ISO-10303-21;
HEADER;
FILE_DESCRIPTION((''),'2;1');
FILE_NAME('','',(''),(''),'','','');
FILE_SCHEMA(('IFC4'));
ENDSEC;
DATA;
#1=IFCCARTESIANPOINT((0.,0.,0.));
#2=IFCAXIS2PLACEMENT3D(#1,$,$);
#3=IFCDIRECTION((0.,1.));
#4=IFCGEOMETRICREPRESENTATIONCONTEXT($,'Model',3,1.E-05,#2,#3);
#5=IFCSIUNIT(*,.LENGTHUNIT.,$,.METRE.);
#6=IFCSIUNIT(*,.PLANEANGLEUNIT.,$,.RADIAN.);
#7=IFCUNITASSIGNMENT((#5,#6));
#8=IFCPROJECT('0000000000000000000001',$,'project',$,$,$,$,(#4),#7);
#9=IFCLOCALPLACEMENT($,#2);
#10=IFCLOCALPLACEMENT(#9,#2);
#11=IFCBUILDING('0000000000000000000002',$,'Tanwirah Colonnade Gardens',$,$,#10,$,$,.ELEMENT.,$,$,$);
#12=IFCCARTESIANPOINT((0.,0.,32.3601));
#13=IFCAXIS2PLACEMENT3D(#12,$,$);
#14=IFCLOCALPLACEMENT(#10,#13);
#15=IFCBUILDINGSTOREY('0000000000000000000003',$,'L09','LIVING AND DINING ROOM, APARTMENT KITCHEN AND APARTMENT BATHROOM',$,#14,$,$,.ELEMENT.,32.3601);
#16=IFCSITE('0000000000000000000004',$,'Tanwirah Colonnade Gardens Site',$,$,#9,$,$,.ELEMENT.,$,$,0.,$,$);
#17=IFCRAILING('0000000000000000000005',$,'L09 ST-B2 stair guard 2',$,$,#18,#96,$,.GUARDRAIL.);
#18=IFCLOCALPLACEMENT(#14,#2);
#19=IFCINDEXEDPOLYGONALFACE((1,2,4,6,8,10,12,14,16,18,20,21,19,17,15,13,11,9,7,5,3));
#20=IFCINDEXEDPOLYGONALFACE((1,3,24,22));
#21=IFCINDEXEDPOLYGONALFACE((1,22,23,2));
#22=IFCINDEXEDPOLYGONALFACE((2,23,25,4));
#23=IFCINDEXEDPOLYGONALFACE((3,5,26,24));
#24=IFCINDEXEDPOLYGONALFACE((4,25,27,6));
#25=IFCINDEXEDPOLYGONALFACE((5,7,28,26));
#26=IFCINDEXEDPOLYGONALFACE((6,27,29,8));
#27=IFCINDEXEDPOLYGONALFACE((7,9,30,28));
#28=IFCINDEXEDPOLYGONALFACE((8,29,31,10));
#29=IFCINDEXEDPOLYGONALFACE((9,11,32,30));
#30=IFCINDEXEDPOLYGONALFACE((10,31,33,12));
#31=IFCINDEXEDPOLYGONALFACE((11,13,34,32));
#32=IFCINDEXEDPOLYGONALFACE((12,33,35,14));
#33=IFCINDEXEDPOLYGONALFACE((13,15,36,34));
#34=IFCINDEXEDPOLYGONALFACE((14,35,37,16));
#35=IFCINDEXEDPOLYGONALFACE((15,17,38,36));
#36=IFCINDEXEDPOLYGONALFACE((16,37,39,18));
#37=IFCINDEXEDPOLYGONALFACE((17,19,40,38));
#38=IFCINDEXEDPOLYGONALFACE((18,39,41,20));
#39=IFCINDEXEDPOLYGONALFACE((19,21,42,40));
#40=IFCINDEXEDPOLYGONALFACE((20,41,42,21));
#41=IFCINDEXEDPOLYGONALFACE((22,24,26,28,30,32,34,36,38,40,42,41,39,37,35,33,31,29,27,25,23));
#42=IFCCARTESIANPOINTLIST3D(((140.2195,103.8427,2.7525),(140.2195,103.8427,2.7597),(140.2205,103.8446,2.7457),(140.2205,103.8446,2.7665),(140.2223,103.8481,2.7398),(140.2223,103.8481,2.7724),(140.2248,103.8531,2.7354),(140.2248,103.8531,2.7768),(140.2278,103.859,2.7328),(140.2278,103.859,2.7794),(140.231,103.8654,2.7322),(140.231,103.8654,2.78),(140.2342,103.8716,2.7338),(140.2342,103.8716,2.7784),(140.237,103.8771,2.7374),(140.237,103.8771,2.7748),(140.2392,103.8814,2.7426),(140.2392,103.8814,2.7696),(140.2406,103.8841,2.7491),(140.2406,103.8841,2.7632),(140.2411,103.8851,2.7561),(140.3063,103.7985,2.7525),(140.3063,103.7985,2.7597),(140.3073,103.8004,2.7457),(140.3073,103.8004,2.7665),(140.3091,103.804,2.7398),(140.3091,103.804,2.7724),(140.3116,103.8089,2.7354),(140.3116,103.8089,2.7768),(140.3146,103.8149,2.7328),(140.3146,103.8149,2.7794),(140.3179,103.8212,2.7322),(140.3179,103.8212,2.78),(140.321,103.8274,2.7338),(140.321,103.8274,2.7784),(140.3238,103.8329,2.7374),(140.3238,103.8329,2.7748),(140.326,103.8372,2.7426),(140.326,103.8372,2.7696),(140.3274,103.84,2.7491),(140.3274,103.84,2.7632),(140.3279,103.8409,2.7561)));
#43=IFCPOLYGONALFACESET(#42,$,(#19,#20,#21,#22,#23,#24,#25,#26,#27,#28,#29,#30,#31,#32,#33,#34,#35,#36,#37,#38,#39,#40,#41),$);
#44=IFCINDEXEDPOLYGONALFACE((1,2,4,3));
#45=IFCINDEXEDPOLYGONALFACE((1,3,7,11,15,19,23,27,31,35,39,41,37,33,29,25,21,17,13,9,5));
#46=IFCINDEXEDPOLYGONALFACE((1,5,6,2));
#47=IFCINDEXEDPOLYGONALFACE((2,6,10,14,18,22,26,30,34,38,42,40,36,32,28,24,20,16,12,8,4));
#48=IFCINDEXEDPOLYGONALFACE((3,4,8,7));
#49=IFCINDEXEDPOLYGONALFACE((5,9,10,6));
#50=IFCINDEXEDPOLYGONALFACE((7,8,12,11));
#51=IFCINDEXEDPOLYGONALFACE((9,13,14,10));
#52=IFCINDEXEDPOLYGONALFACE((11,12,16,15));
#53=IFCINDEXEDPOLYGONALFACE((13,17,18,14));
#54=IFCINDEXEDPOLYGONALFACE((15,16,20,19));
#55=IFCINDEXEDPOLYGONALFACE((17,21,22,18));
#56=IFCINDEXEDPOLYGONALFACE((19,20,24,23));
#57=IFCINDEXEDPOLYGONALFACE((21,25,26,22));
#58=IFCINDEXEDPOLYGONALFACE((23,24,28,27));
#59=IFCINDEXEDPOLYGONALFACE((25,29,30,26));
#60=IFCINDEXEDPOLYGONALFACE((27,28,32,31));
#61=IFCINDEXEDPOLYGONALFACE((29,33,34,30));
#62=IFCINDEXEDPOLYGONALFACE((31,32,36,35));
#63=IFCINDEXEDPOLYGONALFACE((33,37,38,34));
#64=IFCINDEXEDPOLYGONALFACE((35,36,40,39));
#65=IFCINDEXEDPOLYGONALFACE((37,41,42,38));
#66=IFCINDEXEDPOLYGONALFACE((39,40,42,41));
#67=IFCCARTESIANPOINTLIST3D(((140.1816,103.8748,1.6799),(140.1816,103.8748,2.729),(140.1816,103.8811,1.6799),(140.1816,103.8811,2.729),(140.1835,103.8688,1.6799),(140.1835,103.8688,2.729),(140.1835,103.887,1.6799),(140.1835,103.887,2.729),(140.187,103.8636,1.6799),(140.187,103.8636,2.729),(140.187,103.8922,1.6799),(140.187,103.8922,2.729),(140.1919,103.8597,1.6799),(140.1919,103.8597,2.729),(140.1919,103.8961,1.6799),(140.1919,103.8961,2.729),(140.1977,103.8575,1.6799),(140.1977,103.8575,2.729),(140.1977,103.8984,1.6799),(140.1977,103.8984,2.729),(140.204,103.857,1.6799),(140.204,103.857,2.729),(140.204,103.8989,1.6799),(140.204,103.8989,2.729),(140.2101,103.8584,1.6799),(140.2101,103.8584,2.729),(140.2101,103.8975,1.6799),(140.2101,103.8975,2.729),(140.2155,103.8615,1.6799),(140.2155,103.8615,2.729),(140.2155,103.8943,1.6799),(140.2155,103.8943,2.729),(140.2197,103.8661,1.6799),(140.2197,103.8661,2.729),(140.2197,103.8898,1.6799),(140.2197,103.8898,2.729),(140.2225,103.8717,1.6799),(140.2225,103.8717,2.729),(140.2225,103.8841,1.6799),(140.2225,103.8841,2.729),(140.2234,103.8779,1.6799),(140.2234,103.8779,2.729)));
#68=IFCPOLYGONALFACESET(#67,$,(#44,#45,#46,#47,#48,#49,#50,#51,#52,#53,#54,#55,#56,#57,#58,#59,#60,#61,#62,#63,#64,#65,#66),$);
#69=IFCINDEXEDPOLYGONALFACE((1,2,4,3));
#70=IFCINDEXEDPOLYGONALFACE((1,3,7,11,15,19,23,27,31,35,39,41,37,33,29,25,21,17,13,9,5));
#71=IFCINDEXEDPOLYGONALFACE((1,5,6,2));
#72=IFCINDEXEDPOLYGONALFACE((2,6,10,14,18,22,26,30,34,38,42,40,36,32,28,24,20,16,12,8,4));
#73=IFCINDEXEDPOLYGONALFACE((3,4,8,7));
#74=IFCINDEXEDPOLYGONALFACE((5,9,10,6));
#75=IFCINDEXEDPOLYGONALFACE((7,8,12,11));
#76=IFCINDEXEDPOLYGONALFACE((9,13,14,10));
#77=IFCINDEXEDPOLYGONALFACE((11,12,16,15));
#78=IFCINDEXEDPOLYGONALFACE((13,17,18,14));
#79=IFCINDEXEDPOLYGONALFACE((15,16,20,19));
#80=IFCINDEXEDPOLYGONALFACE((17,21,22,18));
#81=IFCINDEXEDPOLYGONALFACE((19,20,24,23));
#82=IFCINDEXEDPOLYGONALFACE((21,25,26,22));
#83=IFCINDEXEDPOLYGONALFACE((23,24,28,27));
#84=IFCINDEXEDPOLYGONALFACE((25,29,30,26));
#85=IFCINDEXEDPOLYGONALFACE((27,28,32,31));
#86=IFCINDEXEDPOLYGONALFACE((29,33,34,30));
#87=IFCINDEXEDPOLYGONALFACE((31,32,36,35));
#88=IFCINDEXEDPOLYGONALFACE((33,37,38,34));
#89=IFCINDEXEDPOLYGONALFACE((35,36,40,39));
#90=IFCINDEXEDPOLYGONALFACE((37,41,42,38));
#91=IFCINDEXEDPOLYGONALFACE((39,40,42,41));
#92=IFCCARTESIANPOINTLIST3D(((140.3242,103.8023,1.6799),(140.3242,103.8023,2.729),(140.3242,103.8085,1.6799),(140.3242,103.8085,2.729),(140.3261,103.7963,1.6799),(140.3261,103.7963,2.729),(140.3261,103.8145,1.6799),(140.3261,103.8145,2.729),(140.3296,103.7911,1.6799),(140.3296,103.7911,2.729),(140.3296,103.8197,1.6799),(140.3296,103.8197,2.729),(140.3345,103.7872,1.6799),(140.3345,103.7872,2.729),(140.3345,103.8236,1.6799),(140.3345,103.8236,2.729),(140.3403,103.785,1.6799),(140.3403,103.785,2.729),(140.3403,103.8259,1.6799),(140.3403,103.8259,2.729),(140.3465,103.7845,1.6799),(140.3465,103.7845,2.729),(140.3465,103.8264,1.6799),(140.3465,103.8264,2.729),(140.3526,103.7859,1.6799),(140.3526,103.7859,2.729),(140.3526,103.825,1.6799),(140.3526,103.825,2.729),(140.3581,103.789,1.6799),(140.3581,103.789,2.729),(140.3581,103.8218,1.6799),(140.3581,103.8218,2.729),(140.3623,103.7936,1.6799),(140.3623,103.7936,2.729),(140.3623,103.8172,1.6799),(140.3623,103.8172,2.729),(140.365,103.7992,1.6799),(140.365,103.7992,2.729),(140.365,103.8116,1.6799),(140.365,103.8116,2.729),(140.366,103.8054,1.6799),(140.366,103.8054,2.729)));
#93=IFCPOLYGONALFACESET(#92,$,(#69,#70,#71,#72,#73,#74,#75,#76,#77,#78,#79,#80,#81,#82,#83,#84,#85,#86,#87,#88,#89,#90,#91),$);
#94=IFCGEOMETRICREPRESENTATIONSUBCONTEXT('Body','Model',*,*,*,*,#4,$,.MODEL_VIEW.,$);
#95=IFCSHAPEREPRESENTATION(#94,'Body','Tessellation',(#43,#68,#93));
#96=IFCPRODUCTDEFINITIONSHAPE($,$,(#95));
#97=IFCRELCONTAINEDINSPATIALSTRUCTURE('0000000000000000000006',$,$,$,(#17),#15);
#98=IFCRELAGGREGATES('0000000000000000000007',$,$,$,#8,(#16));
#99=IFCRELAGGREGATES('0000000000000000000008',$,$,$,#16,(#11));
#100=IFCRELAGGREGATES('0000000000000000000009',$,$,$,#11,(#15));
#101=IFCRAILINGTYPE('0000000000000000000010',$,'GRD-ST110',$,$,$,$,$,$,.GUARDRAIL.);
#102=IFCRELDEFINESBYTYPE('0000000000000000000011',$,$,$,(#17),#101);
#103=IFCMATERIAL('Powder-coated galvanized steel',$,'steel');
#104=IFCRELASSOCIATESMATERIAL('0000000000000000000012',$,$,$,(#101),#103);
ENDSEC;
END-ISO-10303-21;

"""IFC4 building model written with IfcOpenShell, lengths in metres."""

from ifc_helpers import new_model, si_unit, direction, frame, origin, origin_2d, place, context, subcontext, project, spatial, circle, extrude, material, type_object, element, save


model = new_model("IFC4")

# Units and contexts
model_context = context("Model", 3, precision=1e-05, world=origin(), true_north=direction((0.0, 1.0)))
body_context = subcontext(model_context, "Body", "Model", "MODEL_VIEW")
ifc_project = project(units=[si_unit("LENGTHUNIT", "METRE"), si_unit("PLANEANGLEUNIT", "RADIAN")], contexts=[model_context])

# Site, building, storey
site_placement = place(None, origin())
site = spatial("IfcSite", under=ifc_project, at=site_placement, Name="Tanwirah Colonnade Gardens Site", CompositionType="ELEMENT", RefElevation=0.0)
building_placement = place(site_placement, origin())
building = spatial("IfcBuilding", under=site, at=building_placement, Name="Tanwirah Colonnade Gardens", CompositionType="ELEMENT")
storey_placement = place(building_placement, frame((0.0, 0.0, 32.3601)))
storey = spatial("IfcBuildingStorey", under=building, at=storey_placement, Name="L09", Description="LIVING AND DINING ROOM, APARTMENT KITCHEN AND APARTMENT BATHROOM", CompositionType="ELEMENT", Elevation=32.3601)

# Railing
ifc_material_1 = material(Name="Powder-coated galvanized steel", Category="steel")
railing_type_1 = type_object("IfcRailingType", Name="GRD-ST110", PredefinedType="GUARDRAIL", material=ifc_material_1)
railing_1_placement = place(storey_placement, frame((140.2024, 103.8779, 1.6799)))
element("IfcRailing", 1, at=railing_1_placement, inside=storey, type_object=railing_type_1, Name="L09 ST-B2 stair guard 2", PredefinedType="GUARDRAIL", context=body_context, shape_type="SweptSolid", body=[
    extrude(circle(Radius=0.0239, at=origin_2d()), frame((0.0278, -0.0142, 1.0762), z_axis=(0.891354, -0.453308, 0.0), x_axis=(0.453308, 0.891354, 0.0)), (0.0, 0.0, 1.0), 0.0974),
    extrude(circle(Radius=0.021, at=origin_2d()), origin(), (0.0, 0.0, 1.0), 1.0491),
    extrude(circle(Radius=0.021, at=origin_2d()), frame((0.1426, -0.0725, 0.0)), (0.0, 0.0, 1.0), 1.0491),
])

save(model, "model.ifc")
